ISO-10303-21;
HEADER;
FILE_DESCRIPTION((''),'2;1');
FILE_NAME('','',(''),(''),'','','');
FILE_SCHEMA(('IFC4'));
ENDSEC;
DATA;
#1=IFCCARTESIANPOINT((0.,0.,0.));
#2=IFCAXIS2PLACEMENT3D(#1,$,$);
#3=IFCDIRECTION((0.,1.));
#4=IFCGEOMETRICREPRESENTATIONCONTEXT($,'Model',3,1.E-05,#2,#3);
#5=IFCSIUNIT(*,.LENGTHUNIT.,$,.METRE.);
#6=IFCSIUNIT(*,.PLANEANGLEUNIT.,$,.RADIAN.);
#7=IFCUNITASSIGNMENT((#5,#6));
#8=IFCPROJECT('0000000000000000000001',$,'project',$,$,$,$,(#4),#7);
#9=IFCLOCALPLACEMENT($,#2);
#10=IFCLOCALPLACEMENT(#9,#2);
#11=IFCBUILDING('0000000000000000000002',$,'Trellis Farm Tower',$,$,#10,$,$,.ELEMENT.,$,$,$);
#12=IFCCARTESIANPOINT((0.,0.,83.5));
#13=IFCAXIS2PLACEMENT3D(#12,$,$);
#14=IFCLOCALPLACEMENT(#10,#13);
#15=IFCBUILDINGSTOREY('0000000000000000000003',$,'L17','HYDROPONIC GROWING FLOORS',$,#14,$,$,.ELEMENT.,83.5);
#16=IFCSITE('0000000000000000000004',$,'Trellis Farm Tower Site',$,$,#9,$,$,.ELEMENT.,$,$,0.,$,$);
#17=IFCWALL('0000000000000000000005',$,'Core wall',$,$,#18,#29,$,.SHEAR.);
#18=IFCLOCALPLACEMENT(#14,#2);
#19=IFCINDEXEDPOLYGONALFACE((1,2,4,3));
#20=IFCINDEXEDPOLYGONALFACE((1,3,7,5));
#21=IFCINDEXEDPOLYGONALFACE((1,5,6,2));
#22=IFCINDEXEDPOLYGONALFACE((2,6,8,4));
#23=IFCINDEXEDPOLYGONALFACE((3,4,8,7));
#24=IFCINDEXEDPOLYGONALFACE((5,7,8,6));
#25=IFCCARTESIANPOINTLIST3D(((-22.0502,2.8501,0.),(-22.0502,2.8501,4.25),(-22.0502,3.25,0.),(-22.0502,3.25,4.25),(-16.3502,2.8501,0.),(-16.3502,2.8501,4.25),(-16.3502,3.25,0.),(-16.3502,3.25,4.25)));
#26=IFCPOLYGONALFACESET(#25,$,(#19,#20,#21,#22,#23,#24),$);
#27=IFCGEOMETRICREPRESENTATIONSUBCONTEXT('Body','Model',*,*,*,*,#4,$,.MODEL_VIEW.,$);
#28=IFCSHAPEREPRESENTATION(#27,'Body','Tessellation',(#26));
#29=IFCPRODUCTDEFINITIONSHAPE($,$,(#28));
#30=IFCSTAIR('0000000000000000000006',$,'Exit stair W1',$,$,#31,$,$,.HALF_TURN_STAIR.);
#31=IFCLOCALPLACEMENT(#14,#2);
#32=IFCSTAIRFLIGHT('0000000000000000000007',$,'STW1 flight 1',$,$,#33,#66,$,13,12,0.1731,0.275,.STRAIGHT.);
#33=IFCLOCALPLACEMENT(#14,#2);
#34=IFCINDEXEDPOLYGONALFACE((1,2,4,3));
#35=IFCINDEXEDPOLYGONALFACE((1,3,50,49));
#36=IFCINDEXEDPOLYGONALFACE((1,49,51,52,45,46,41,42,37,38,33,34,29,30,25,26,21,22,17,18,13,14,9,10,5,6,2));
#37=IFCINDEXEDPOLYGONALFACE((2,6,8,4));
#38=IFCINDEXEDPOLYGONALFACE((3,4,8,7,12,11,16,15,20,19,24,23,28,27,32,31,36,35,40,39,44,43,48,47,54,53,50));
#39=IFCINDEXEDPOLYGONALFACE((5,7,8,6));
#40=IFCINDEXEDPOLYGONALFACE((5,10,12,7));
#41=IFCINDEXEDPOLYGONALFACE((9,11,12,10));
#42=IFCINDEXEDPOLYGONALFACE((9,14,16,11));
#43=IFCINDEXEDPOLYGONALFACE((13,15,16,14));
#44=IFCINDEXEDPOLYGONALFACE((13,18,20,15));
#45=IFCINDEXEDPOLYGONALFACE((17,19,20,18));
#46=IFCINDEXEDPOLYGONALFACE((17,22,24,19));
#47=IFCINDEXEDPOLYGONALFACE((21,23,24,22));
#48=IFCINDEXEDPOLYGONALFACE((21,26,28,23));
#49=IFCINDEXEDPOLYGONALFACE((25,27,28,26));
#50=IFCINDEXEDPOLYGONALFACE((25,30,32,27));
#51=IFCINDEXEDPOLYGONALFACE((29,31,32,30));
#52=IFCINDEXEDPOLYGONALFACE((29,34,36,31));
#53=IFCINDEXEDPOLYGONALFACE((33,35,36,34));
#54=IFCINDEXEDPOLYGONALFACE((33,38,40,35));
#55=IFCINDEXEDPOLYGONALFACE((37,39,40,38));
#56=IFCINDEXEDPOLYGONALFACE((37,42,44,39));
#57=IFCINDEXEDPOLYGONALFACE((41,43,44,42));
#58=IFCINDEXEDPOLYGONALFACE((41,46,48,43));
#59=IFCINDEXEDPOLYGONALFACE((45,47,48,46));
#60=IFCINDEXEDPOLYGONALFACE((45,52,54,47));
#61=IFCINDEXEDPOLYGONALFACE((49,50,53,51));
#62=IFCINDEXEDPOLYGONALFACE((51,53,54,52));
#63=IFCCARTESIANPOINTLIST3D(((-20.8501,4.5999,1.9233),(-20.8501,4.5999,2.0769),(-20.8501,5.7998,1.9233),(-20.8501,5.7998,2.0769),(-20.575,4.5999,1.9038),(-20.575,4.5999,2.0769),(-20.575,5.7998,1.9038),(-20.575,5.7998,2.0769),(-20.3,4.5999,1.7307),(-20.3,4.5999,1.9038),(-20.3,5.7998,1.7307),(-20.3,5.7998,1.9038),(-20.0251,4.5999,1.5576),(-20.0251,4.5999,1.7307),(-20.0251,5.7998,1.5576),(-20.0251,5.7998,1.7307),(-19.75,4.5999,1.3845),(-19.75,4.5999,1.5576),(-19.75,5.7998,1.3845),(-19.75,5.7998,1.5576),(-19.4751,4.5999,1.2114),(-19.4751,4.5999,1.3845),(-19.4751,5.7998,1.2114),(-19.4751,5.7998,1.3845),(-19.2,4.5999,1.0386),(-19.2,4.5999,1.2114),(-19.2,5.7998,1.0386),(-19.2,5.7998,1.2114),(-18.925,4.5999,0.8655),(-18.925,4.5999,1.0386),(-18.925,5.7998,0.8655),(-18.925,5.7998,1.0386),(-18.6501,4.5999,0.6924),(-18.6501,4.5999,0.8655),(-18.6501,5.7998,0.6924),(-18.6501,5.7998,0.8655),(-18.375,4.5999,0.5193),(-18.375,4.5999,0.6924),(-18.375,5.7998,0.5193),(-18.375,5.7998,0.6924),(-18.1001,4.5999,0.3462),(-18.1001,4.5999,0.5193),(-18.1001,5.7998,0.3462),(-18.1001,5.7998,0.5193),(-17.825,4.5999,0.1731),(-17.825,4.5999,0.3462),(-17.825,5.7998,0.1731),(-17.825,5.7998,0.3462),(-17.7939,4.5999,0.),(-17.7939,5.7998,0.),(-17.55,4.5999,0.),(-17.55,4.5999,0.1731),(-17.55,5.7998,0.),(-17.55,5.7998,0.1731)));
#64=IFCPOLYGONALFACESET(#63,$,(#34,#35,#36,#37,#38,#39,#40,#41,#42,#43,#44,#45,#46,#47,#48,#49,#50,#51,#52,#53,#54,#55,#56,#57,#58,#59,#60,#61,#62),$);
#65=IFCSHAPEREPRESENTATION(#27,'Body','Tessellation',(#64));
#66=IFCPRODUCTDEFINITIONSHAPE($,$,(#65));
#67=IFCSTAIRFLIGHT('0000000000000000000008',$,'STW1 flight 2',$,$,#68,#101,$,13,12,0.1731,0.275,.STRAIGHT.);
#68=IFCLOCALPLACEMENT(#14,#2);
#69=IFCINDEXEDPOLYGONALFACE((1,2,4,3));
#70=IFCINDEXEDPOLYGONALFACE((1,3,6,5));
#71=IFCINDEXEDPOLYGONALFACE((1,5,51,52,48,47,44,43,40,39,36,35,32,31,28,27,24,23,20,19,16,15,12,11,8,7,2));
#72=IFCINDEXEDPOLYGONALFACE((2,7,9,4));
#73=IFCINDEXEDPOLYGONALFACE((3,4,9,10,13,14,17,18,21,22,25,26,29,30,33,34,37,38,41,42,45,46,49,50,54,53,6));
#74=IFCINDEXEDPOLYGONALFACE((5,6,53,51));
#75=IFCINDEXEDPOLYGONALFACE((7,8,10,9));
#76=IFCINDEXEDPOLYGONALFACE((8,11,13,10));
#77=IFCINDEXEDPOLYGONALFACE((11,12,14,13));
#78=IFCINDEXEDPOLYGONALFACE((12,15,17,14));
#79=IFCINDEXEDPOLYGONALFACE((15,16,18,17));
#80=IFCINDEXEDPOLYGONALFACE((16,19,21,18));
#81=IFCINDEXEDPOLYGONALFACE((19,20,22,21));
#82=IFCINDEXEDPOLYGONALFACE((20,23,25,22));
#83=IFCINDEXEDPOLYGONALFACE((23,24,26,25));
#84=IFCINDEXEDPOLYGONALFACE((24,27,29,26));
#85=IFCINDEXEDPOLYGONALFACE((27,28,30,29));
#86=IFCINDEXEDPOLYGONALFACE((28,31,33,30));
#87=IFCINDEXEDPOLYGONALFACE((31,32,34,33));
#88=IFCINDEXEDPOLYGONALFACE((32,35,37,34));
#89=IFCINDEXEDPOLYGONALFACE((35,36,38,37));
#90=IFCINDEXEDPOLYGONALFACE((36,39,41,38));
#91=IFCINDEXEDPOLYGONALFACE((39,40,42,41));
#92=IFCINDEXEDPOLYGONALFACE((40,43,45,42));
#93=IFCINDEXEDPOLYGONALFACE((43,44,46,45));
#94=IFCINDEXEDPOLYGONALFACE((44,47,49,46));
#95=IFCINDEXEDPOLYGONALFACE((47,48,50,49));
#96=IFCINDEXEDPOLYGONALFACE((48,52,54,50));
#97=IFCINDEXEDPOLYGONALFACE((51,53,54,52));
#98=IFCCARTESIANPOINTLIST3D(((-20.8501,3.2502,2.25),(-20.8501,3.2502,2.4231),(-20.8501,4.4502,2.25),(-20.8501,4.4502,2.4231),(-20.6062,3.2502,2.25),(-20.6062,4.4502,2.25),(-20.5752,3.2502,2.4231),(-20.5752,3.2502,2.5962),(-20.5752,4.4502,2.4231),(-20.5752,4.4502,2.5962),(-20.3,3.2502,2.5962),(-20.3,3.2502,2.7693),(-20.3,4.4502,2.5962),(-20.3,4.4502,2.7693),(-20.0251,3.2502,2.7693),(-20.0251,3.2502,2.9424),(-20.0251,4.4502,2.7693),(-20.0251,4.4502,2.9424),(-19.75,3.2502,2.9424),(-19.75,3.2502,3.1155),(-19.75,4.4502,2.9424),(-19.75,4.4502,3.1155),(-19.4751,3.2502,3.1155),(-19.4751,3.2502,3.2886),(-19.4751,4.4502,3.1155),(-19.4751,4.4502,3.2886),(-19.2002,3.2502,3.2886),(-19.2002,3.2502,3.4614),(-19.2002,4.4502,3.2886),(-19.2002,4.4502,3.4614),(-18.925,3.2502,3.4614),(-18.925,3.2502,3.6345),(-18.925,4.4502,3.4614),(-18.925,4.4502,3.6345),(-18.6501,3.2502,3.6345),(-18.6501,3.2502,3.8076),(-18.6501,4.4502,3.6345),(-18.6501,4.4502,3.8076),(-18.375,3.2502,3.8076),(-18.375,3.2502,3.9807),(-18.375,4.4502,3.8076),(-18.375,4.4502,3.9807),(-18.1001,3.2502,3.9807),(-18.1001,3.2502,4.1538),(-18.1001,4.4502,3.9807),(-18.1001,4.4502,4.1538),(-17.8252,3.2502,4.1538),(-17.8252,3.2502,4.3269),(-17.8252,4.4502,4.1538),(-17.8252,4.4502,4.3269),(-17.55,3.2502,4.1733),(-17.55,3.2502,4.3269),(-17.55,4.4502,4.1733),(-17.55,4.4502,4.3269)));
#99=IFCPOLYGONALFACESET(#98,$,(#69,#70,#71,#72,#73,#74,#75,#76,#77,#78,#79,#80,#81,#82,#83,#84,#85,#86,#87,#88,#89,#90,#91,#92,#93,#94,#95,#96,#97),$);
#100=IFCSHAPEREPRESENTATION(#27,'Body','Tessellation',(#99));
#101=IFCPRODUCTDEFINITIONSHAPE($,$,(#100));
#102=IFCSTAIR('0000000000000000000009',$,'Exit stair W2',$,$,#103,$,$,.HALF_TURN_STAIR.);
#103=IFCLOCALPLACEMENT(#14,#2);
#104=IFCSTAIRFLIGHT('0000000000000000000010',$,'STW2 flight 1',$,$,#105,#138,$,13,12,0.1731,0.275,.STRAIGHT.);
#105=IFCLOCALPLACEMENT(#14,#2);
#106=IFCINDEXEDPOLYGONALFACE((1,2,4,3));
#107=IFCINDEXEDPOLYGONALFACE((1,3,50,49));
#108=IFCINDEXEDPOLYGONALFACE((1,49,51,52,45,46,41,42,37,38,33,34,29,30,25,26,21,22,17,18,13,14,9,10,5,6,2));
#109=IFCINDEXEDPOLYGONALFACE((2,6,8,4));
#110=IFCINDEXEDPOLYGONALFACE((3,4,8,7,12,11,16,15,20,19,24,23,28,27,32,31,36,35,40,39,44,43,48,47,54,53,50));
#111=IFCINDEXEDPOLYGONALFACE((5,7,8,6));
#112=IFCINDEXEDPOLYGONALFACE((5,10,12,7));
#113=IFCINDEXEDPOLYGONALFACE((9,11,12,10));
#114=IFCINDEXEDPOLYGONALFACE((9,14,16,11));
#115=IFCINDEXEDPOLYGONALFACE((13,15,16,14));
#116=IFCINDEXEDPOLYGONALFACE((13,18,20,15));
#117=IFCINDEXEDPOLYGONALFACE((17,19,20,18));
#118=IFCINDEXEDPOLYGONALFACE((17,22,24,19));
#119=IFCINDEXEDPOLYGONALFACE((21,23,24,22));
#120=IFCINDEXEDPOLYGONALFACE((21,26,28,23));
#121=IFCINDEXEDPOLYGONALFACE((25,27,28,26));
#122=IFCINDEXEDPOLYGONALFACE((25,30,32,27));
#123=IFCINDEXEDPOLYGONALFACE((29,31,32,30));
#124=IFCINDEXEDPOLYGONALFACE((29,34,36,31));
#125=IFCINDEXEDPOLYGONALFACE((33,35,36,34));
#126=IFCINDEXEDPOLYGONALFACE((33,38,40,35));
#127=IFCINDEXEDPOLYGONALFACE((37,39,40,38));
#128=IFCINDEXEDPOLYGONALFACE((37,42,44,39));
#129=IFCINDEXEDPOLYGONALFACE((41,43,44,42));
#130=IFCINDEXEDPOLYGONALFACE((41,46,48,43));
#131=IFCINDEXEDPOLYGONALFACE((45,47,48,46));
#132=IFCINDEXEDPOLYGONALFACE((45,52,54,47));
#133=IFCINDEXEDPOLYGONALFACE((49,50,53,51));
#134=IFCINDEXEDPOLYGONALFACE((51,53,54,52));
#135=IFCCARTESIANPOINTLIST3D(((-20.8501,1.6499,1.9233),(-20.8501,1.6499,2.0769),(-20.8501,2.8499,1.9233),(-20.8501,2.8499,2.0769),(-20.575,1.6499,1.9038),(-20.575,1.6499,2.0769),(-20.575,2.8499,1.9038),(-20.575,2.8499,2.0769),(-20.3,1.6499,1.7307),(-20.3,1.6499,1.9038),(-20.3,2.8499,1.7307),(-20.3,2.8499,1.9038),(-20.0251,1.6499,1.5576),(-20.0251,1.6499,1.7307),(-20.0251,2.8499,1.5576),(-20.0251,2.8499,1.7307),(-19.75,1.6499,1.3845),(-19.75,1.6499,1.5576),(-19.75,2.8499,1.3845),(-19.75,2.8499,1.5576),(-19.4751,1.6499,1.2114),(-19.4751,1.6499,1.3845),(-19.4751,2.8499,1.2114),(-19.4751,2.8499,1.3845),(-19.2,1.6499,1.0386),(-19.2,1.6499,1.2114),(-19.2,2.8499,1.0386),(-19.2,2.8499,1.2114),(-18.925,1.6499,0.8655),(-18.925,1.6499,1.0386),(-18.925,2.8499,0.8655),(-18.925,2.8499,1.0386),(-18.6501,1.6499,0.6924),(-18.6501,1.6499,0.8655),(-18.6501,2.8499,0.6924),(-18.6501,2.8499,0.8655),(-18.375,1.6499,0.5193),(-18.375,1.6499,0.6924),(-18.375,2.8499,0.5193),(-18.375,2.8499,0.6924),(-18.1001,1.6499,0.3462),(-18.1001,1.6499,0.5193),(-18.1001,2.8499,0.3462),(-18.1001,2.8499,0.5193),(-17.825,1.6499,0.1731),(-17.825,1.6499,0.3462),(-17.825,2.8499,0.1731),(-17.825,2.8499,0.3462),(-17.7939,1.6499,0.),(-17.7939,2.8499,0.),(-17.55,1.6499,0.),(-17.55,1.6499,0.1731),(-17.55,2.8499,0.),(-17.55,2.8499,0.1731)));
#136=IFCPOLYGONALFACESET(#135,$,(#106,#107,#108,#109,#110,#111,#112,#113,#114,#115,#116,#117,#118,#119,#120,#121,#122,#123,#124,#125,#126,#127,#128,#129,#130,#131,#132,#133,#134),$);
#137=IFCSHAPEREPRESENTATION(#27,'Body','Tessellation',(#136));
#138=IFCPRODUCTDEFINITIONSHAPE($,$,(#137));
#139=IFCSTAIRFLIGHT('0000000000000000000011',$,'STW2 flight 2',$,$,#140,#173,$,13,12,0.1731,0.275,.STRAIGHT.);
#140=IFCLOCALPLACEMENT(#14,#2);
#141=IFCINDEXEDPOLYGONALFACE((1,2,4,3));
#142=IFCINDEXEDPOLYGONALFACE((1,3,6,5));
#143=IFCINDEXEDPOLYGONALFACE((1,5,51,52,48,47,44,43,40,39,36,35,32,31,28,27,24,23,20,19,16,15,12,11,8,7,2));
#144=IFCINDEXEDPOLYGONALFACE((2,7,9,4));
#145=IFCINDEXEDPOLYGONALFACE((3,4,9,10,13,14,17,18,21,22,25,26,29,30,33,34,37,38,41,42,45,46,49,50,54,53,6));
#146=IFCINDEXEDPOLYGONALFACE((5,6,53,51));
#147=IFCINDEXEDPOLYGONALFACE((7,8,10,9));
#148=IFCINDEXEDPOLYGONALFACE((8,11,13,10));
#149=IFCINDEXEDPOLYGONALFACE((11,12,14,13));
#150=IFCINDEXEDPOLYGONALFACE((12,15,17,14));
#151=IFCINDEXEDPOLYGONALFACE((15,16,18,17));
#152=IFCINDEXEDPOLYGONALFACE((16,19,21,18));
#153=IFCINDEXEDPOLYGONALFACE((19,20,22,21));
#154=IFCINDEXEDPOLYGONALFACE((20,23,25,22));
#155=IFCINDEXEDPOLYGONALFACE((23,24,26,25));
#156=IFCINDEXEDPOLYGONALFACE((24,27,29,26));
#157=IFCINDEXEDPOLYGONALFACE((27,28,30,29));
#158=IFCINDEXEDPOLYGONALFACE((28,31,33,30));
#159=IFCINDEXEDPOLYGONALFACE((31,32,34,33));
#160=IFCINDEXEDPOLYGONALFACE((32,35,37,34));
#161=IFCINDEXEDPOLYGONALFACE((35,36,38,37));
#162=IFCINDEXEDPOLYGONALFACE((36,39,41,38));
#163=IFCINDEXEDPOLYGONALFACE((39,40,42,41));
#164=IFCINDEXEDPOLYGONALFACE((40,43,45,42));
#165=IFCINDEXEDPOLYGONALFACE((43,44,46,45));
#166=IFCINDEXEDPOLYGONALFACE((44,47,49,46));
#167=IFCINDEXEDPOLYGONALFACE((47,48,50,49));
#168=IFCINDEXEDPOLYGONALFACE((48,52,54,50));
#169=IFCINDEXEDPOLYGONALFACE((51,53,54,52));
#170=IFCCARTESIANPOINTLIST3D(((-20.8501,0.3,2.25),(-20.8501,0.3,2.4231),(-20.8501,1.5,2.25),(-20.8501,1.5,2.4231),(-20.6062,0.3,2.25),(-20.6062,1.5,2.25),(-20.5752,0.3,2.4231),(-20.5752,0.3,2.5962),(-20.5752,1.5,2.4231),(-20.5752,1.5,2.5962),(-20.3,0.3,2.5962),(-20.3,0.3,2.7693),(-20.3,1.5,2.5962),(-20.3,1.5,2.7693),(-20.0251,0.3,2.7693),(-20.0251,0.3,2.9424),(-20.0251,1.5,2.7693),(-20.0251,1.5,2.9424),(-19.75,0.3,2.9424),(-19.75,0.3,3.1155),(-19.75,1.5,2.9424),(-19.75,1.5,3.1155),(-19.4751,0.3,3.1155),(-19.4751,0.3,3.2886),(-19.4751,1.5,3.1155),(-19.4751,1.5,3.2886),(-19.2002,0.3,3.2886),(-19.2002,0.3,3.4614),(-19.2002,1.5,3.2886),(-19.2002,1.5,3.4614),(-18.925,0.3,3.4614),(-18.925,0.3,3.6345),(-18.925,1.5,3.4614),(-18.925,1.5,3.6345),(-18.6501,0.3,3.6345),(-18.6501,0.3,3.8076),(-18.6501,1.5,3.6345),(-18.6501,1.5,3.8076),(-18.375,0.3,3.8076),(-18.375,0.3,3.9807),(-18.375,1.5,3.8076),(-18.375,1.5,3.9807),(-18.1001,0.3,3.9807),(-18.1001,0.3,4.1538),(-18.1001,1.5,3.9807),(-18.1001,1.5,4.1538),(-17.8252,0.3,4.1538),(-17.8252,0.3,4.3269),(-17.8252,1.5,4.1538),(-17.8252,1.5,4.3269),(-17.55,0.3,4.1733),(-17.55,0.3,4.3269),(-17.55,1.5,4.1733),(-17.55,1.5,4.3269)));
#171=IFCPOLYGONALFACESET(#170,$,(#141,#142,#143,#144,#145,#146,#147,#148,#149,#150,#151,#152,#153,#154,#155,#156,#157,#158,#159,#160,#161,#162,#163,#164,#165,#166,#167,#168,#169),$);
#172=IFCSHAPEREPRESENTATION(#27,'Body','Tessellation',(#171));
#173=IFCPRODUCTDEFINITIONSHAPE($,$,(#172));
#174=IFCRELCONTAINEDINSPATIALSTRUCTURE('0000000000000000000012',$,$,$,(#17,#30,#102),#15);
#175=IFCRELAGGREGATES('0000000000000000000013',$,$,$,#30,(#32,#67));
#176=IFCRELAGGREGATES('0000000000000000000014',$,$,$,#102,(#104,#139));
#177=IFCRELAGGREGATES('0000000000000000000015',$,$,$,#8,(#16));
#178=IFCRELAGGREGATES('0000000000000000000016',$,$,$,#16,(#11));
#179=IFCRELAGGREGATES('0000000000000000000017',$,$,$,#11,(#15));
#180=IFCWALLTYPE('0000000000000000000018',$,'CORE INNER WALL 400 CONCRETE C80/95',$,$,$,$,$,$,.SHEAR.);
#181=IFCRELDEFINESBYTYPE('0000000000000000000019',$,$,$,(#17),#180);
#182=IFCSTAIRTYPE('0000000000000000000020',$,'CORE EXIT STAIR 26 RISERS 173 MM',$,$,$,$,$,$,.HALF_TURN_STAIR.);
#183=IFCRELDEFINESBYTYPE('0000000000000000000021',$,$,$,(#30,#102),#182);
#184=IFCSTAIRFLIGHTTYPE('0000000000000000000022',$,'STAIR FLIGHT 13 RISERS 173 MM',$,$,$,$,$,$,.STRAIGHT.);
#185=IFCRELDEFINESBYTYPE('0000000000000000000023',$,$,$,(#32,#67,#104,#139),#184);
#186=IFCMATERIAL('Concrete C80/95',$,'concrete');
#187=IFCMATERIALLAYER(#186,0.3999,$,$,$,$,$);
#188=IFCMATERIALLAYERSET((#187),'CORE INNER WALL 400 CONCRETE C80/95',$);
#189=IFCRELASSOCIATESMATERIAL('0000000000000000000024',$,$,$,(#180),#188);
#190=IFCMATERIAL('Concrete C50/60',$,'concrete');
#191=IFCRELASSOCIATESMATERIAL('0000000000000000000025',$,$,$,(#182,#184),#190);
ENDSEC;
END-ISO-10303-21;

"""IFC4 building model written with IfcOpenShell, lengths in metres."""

from ifc_helpers import new_model, si_unit, direction, frame, frame_2d, origin, place, context, subcontext, project, spatial, polyline, rectangle, outline, extrude, source, transform, mapped, material, layer, layer_set, type_object, element, aggregate, save


model = new_model("IFC4")

# Units and contexts
model_context = context("Model", 3, precision=1e-05, world=origin(), true_north=direction((0.0, 1.0)))
body_context = subcontext(model_context, "Body", "Model", "MODEL_VIEW")
ifc_project = project(units=[si_unit("LENGTHUNIT", "METRE"), si_unit("PLANEANGLEUNIT", "RADIAN")], contexts=[model_context])

# Site, building, storey
site_placement = place(None, origin())
site = spatial("IfcSite", under=ifc_project, at=site_placement, Name="Trellis Farm Tower Site", CompositionType="ELEMENT", RefElevation=0.0)
building_placement = place(site_placement, origin())
building = spatial("IfcBuilding", under=site, at=building_placement, Name="Trellis Farm Tower", CompositionType="ELEMENT")
storey_placement = place(building_placement, frame((0.0, 0.0, 83.5)))
storey = spatial("IfcBuildingStorey", under=building, at=storey_placement, Name="L17", Description="HYDROPONIC GROWING FLOORS", CompositionType="ELEMENT", Elevation=83.5)

# Shared definitions
ifc_material_1 = material(Name="Concrete C80/95", Category="concrete")

# Shared definitions
placement = place(storey_placement, origin())

# Shared definitions
ifc_layer_1 = layer(ifc_material_1, 0.3999)
ifc_layer_set_1 = layer_set([ifc_layer_1], Name="CORE INNER WALL 400 CONCRETE C80/95")
wall_type_1 = type_object("IfcWallType", Name="CORE INNER WALL 400 CONCRETE C80/95", PredefinedType="SHEAR", material=ifc_layer_set_1)

# Wall
shared_shape_1 = source(origin(), body_context, "Body", "SweptSolid", [
    extrude(rectangle(XDim=5.7, YDim=0.3999, at=frame_2d((2.8501, 0.0))), origin(), (0.0, 0.0, 1.0), 4.25),
])
wall_1_placement = place(storey_placement, frame((-16.3501, 3.05, 0.0), z_axis=(0.0, 0.0, 1.0), x_axis=(-1.0, 0.0, 0.0)))
element("IfcWall", 1, at=wall_1_placement, inside=storey, type_object=wall_type_1, Name="Core wall", PredefinedType="SHEAR", context=body_context, shape_type="MappedRepresentation", body=[
    mapped(shared_shape_1, transform((0.0, 0.0, 0.0))),
])

# Stairs, stair flights
ifc_material_2 = material(Name="Concrete C50/60", Category="concrete")
stair_type = type_object("IfcStairType", Name="CORE EXIT STAIR 26 RISERS 173 MM", PredefinedType="HALF_TURN_STAIR", material=ifc_material_2)
stair_1 = element("IfcStair", 2, at=placement, inside=storey, type_object=stair_type, Name="Exit stair W1", PredefinedType="HALF_TURN_STAIR")
stair_flight_type = type_object("IfcStairFlightType", Name="STAIR FLIGHT 13 RISERS 173 MM", PredefinedType="STRAIGHT", material=ifc_material_2)
shared_shape_2 = source(origin(), body_context, "Body", "SweptSolid", [
    extrude(outline(polyline([(0.0, 0.0), (0.0, 0.1731), (0.2749, 0.1731), (0.2749, 0.3462), (0.55, 0.3462), (0.55, 0.5193), (0.825, 0.5193), (0.825, 0.6924), (1.1001, 0.6924), (1.1001, 0.8655), (1.375, 0.8655), (1.375, 1.0386), (1.6499, 1.0386), (1.6499, 1.2114), (1.925, 1.2114), (1.925, 1.3845), (2.2, 1.3845), (2.2, 1.5576), (2.4751, 1.5576), (2.4751, 1.7307), (2.75, 1.7307), (2.75, 1.9038), (3.0249, 1.9038), (3.0249, 2.0769), (3.3, 2.0769), (3.3, 2.25), (3.3, 1.9233), (0.2439, 0.0), (0.0, 0.0)])), frame((0.0, 0.6001, 0.0), z_axis=(0.0, -1.0, 0.0), x_axis=(1.0, 0.0, 0.0)), (0.0, 0.0, 1.0), 1.2),
])
stair_flight_1_placement = place(storey_placement, frame((-17.55, 5.2, 0.0), z_axis=(0.0, 0.0, 1.0), x_axis=(-1.0, 0.0, 0.0)))
stair_flight_1 = element("IfcStairFlight", 3, at=stair_flight_1_placement, type_object=stair_flight_type, Name="STW1 flight 1", NumberOfRisers=13, NumberOfTreads=12, PredefinedType="STRAIGHT", RiserHeight=0.1731, TreadLength=0.275, context=body_context, shape_type="MappedRepresentation", body=[
    mapped(shared_shape_2, transform((0.0, 0.0, 0.0))),
])
stair_flight_2_placement = place(storey_placement, frame((-20.8501, 3.8501, 2.25), z_axis=(0.0, 0.0, 1.0), x_axis=(1.0, 0.0, 0.0)))
stair_flight_2 = element("IfcStairFlight", 4, at=stair_flight_2_placement, type_object=stair_flight_type, Name="STW1 flight 2", NumberOfRisers=13, NumberOfTreads=12, PredefinedType="STRAIGHT", RiserHeight=0.1731, TreadLength=0.275, context=body_context, shape_type="MappedRepresentation", body=[
    mapped(shared_shape_2, transform((0.0, 0.0, 0.0))),
])
aggregate(stair_1, [stair_flight_1, stair_flight_2])
stair_2 = element("IfcStair", 5, at=placement, inside=storey, type_object=stair_type, Name="Exit stair W2", PredefinedType="HALF_TURN_STAIR")
stair_flight_3_placement = place(storey_placement, frame((-17.55, 2.25, 0.0), z_axis=(0.0, 0.0, 1.0), x_axis=(-1.0, 0.0, 0.0)))
stair_flight_3 = element("IfcStairFlight", 6, at=stair_flight_3_placement, type_object=stair_flight_type, Name="STW2 flight 1", NumberOfRisers=13, NumberOfTreads=12, PredefinedType="STRAIGHT", RiserHeight=0.1731, TreadLength=0.275, context=body_context, shape_type="MappedRepresentation", body=[
    mapped(shared_shape_2, transform((0.0, 0.0, 0.0))),
])
stair_flight_4_placement = place(storey_placement, frame((-20.8501, 0.8999, 2.25), z_axis=(0.0, 0.0, 1.0), x_axis=(1.0, 0.0, 0.0)))
stair_flight_4 = element("IfcStairFlight", 7, at=stair_flight_4_placement, type_object=stair_flight_type, Name="STW2 flight 2", NumberOfRisers=13, NumberOfTreads=12, PredefinedType="STRAIGHT", RiserHeight=0.1731, TreadLength=0.275, context=body_context, shape_type="MappedRepresentation", body=[
    mapped(shared_shape_2, transform((0.0, 0.0, 0.0))),
])
aggregate(stair_2, [stair_flight_3, stair_flight_4])

save(model, "model.ifc")
